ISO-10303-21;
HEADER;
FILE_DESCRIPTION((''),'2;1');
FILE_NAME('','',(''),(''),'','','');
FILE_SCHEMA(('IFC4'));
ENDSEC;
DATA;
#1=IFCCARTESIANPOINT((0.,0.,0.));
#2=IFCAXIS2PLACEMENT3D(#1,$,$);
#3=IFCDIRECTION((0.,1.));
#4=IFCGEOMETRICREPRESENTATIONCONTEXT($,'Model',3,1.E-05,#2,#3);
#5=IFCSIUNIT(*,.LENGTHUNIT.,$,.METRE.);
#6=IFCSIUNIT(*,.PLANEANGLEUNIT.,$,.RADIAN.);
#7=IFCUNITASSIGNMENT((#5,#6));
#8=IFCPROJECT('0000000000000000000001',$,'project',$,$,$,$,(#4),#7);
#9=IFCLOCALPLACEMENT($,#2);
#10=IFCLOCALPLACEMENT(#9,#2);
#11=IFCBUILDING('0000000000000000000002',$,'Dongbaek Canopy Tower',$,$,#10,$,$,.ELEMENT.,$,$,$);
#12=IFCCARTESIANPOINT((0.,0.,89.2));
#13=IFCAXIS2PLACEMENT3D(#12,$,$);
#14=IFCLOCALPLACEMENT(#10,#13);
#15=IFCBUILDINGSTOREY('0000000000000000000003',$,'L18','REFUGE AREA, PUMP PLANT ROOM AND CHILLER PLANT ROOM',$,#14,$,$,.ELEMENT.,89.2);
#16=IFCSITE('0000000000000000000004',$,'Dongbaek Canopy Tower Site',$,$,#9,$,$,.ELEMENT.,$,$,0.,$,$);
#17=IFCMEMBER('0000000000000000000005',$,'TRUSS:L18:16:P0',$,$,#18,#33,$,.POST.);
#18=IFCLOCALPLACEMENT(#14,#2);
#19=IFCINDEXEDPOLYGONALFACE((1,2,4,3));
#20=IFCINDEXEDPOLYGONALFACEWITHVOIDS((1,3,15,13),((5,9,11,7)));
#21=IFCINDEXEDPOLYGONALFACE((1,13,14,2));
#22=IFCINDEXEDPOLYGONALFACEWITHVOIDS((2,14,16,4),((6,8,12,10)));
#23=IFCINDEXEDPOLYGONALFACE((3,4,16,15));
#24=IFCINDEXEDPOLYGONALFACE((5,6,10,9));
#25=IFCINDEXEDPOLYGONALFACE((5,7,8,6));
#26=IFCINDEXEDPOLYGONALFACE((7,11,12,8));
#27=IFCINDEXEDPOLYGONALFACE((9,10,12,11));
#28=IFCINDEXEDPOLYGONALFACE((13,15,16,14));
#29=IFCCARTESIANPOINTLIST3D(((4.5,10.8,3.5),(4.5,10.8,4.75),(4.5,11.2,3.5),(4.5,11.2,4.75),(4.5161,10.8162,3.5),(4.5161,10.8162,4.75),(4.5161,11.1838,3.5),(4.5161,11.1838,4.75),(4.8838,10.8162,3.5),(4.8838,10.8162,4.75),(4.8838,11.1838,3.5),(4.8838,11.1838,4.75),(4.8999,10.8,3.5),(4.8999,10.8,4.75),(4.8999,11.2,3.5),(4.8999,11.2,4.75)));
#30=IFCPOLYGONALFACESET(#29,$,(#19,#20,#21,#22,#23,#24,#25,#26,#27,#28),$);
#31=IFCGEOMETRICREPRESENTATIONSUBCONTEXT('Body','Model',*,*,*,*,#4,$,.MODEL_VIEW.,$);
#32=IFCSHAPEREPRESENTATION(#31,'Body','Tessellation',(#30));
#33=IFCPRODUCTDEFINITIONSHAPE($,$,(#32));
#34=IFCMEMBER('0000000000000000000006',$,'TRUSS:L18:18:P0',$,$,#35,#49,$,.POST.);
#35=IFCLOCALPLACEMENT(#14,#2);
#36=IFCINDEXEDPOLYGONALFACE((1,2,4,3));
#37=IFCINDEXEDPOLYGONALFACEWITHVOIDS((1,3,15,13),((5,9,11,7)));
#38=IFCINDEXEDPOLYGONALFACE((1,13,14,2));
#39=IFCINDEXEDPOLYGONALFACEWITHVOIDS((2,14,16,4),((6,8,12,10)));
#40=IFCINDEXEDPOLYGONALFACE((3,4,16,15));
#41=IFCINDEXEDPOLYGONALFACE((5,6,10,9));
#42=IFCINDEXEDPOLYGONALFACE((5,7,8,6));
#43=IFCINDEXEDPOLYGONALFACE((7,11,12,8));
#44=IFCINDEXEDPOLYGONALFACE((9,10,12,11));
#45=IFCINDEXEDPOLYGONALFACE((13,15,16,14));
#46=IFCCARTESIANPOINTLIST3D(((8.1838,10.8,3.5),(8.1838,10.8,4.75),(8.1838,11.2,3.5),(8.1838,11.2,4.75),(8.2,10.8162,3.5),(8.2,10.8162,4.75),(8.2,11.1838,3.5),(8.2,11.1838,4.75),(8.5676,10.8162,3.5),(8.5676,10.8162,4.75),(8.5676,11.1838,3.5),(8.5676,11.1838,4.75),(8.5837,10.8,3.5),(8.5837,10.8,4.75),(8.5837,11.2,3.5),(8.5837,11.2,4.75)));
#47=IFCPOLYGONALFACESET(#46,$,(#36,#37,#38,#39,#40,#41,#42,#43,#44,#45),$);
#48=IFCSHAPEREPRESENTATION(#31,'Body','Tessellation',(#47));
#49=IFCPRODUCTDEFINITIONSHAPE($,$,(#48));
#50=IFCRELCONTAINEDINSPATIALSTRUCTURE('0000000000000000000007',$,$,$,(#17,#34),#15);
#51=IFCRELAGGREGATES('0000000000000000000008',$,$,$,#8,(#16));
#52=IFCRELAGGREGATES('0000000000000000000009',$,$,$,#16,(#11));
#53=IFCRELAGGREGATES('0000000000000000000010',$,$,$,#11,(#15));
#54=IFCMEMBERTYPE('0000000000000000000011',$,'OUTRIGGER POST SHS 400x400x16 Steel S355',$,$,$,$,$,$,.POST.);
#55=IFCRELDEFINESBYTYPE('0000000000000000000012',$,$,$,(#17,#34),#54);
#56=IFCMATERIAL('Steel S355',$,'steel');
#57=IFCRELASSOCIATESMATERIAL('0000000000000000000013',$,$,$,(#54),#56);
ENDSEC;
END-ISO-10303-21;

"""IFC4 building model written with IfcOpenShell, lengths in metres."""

from ifc_helpers import new_model, si_unit, direction, frame, origin, origin_2d, place, context, subcontext, project, spatial, hollow_rectangle, extrude, material, material_profile, profile_set, type_object, element, save


model = new_model("IFC4")

# Units and contexts
model_context = context("Model", 3, precision=1e-05, world=origin(), true_north=direction((0.0, 1.0)))
body_context = subcontext(model_context, "Body", "Model", "MODEL_VIEW")
ifc_project = project(units=[si_unit("LENGTHUNIT", "METRE"), si_unit("PLANEANGLEUNIT", "RADIAN")], contexts=[model_context])

# Site, building, storey
site_placement = place(None, origin())
site = spatial("IfcSite", under=ifc_project, at=site_placement, Name="Dongbaek Canopy Tower Site", CompositionType="ELEMENT", RefElevation=0.0)
building_placement = place(site_placement, origin())
building = spatial("IfcBuilding", under=site, at=building_placement, Name="Dongbaek Canopy Tower", CompositionType="ELEMENT")
storey_placement = place(building_placement, frame((0.0, 0.0, 89.2)))
storey = spatial("IfcBuildingStorey", under=building, at=storey_placement, Name="L18", Description="REFUGE AREA, PUMP PLANT ROOM AND CHILLER PLANT ROOM", CompositionType="ELEMENT", Elevation=89.2)

# Members
ifc_material_1 = material(Name="Steel S355", Category="steel")
ifc_material_profile_1 = material_profile(ifc_material_1, hollow_rectangle(XDim=0.3999, YDim=0.3999, WallThickness=0.0161, at=origin_2d()), Name="OUTRIGGER POST SHS 400x400x16 Steel S355")
ifc_profile_set_1 = profile_set([ifc_material_profile_1], Name="Steel S355")
member_type_1 = type_object("IfcMemberType", Name="OUTRIGGER POST SHS 400x400x16 Steel S355", PredefinedType="POST", material=ifc_profile_set_1)
for number, where, z_axis, x_axis, name in (
    (1, (4.7, 11.0, 3.5), (0.0, 0.0, 1.0), (1.0, 0.0, 0.0), "TRUSS:L18:16:P0"),
    (2, (8.3838, 11.0, 3.5), (0.0, 0.0, 1.0), (1.0, 0.0, 0.0), "TRUSS:L18:18:P0"),
):
    element("IfcMember", number, at=place(storey_placement, frame(where, z_axis=z_axis, x_axis=x_axis)), inside=storey, type_object=member_type_1, Name=name, PredefinedType="POST", context=body_context, shape_type="SweptSolid", body=[
        extrude(hollow_rectangle(XDim=0.3999, YDim=0.3999, WallThickness=0.0161, at=origin_2d()), origin(), (0.0, 0.0, 1.0), 1.25),
    ])

save(model, "model.ifc")
